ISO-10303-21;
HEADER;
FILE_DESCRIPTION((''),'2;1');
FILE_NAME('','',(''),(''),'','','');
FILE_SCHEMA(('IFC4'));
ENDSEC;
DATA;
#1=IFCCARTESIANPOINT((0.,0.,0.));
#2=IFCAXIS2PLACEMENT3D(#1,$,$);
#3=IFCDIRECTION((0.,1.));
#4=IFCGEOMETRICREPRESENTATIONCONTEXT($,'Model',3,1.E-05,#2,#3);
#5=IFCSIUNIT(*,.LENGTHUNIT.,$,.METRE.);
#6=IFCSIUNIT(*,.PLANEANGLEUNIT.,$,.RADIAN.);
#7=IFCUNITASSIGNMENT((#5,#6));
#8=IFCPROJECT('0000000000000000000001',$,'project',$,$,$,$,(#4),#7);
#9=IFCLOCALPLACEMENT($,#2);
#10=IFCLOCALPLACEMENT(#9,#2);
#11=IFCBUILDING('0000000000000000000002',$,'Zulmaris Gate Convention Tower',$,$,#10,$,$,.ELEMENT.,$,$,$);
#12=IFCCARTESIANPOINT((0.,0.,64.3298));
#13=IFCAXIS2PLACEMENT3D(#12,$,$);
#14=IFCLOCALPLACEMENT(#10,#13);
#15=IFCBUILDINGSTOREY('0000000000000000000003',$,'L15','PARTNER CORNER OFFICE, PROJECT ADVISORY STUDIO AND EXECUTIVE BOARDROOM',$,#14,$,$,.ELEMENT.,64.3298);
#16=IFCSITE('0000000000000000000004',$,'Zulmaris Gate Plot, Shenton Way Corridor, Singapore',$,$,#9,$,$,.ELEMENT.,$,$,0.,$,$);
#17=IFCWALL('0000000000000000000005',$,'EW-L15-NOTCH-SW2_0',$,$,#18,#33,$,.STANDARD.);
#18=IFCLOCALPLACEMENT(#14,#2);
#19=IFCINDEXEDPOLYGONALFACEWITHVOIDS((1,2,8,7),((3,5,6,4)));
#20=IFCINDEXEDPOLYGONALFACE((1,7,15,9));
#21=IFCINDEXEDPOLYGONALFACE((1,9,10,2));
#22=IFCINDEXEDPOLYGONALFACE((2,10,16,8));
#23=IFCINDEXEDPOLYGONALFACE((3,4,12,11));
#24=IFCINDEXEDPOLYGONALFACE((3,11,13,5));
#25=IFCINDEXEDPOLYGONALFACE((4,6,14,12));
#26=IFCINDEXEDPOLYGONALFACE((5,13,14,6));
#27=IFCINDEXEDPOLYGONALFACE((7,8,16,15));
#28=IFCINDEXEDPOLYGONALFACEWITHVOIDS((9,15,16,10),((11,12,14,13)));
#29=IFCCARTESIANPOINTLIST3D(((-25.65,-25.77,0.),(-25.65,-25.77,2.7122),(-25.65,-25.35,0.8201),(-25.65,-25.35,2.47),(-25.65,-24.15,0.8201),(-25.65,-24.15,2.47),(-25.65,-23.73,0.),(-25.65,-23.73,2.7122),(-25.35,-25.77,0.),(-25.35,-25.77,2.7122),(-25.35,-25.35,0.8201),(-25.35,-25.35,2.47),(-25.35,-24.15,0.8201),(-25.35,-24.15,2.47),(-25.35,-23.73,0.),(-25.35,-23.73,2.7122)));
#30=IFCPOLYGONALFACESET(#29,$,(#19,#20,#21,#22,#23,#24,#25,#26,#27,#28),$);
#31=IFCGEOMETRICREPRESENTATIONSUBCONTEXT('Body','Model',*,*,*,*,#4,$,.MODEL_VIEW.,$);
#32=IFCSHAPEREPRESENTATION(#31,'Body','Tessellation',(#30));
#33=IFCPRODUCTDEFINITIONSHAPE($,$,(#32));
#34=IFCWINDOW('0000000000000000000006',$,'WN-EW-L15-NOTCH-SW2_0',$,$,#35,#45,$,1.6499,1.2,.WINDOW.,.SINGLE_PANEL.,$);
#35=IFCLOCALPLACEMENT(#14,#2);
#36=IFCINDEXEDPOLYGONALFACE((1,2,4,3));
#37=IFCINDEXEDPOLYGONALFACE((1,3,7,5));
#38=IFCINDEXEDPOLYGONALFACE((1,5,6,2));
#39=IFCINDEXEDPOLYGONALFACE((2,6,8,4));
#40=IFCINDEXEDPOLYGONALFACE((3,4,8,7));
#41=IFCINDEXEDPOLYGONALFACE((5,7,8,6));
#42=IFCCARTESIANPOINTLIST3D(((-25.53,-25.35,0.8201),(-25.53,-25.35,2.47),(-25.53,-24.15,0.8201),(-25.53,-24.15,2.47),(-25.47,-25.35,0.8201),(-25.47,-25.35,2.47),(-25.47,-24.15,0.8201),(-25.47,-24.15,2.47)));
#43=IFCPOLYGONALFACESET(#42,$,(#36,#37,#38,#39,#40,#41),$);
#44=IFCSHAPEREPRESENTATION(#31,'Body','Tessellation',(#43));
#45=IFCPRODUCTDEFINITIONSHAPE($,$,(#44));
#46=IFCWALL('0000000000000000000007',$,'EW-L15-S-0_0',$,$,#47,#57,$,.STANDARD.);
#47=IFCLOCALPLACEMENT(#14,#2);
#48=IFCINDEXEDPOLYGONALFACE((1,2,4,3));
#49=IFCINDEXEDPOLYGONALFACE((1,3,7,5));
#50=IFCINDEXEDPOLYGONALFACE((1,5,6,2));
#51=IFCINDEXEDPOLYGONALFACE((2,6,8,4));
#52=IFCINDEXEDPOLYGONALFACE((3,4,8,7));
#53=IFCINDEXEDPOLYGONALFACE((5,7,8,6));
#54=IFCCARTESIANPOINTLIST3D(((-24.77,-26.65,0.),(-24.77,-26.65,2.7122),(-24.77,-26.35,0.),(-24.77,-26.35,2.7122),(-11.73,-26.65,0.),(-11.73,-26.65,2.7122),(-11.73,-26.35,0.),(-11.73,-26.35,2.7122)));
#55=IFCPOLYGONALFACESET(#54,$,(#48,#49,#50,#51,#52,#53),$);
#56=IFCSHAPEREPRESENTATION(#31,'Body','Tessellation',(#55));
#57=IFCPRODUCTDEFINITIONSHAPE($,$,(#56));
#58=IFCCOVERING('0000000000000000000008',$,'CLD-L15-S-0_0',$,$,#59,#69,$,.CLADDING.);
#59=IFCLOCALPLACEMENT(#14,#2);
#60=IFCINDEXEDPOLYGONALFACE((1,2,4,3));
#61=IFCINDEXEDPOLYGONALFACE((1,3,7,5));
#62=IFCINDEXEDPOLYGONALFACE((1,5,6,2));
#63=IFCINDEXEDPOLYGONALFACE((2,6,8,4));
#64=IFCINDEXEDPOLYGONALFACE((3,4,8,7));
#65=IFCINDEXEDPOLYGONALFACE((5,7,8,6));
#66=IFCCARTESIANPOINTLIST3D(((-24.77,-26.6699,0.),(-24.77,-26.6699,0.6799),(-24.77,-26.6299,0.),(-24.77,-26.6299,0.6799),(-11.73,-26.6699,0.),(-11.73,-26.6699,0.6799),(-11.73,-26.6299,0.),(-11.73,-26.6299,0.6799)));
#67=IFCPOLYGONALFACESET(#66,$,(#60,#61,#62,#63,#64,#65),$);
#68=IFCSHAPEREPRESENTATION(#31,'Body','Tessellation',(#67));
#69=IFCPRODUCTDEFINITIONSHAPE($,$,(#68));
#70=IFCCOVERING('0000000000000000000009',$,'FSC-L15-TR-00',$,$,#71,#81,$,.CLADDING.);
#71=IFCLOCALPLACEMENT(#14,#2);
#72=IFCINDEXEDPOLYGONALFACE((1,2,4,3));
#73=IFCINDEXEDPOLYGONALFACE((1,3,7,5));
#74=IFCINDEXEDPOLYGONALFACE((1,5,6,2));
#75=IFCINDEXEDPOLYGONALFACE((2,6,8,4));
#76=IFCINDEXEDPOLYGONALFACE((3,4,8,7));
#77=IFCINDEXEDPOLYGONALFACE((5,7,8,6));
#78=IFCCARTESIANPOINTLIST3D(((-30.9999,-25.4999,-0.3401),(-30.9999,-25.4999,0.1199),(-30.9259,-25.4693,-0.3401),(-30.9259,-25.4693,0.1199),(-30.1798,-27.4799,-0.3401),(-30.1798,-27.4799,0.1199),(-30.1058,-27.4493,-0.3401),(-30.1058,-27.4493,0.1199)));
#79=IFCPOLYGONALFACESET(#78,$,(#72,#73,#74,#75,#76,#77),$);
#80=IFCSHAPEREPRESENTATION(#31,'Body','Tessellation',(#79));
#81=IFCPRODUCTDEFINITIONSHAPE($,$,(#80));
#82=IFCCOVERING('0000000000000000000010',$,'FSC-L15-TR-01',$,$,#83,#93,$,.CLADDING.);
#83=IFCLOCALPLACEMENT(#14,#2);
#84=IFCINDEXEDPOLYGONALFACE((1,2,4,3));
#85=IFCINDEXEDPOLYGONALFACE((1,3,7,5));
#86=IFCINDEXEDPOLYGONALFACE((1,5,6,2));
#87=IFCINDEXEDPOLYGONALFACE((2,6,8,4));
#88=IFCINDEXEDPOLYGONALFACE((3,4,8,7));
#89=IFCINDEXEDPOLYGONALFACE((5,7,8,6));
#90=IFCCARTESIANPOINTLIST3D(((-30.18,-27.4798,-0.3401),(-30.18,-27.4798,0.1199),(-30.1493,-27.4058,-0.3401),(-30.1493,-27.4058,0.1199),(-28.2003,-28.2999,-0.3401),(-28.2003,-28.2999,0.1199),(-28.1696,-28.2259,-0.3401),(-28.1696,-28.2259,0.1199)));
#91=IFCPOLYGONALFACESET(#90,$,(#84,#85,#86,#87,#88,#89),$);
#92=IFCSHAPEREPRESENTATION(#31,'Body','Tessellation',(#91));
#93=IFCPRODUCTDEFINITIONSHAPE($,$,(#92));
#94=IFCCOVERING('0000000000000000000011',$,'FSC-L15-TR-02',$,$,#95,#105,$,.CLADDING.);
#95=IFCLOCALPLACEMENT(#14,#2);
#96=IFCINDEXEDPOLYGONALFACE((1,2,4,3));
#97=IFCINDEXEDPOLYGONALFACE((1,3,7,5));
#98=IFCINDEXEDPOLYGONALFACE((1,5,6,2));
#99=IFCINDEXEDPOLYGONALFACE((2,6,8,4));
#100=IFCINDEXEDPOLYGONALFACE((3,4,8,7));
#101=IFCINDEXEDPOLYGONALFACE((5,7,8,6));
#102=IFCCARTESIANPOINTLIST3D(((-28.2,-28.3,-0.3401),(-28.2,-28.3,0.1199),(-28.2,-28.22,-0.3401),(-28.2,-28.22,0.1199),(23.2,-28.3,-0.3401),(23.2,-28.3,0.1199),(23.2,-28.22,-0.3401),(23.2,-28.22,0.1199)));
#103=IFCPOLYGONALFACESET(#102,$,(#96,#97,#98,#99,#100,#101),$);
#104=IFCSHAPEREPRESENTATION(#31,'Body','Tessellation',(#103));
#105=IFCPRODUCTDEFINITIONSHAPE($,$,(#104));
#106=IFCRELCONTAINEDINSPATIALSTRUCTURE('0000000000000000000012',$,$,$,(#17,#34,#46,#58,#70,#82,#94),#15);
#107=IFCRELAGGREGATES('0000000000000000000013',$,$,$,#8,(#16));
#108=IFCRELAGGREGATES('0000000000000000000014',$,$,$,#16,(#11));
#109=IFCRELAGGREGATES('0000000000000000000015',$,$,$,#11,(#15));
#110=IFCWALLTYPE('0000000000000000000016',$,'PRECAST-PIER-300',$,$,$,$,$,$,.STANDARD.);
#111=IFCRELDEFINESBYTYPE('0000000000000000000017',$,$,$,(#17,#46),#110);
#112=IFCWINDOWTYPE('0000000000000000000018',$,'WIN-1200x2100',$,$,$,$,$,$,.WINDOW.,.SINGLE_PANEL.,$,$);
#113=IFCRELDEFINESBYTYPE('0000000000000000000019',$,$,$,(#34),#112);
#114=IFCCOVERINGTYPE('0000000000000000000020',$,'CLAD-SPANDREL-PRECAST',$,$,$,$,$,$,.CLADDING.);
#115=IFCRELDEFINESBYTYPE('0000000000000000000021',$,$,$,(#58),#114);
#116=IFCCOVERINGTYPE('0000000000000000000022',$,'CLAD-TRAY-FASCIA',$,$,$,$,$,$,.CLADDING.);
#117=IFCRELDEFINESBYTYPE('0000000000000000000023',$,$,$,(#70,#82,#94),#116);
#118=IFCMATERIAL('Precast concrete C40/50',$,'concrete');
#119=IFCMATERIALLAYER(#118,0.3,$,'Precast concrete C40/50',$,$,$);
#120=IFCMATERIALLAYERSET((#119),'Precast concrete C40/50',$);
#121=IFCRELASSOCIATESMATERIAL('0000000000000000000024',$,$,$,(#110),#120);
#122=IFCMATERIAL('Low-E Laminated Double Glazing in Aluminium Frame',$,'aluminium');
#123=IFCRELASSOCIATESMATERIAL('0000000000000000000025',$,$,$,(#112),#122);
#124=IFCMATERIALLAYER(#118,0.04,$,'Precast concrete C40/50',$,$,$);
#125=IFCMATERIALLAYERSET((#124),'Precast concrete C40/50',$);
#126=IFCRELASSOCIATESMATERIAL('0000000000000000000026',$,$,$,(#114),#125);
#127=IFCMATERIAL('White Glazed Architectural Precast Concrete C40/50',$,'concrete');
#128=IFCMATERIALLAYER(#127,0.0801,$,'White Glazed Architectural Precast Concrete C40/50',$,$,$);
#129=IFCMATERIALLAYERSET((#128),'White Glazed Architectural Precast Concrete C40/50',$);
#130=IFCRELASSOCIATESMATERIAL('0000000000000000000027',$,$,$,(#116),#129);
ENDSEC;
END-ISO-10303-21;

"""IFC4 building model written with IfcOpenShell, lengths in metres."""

from ifc_helpers import new_model, si_unit, direction, frame, frame_2d, origin, place, context, subcontext, project, spatial, rectangle, extrude, material, layer, layer_set, type_object, element, fill, save


model = new_model("IFC4")

# Units and contexts
model_context = context("Model", 3, precision=1e-05, world=origin(), true_north=direction((0.0, 1.0)))
body_context = subcontext(model_context, "Body", "Model", "MODEL_VIEW")
ifc_project = project(units=[si_unit("LENGTHUNIT", "METRE"), si_unit("PLANEANGLEUNIT", "RADIAN")], contexts=[model_context])

# Site, building, storey
site_placement = place(None, origin())
site = spatial("IfcSite", under=ifc_project, at=site_placement, Name="Zulmaris Gate Plot, Shenton Way Corridor, Singapore", CompositionType="ELEMENT", RefElevation=0.0)
building_placement = place(site_placement, origin())
building = spatial("IfcBuilding", under=site, at=building_placement, Name="Zulmaris Gate Convention Tower", CompositionType="ELEMENT")
storey_placement = place(building_placement, frame((0.0, 0.0, 64.3298)))
storey = spatial("IfcBuildingStorey", under=building, at=storey_placement, Name="L15", Description="PARTNER CORNER OFFICE, PROJECT ADVISORY STUDIO AND EXECUTIVE BOARDROOM", CompositionType="ELEMENT", Elevation=64.3298)

# Wall, opening, window
ifc_material_1 = material(Name="Precast concrete C40/50", Category="concrete")
ifc_layer_1 = layer(ifc_material_1, 0.3, Name="Precast concrete C40/50")
ifc_layer_set_1 = layer_set([ifc_layer_1], Name="Precast concrete C40/50")
wall_type_1 = type_object("IfcWallType", Name="PRECAST-PIER-300", PredefinedType="STANDARD", material=ifc_layer_set_1)
ifc_material_2 = material(Name="Low-E Laminated Double Glazing in Aluminium Frame", Category="aluminium")
window_type = type_object("IfcWindowType", Name="WIN-1200x2100", PartitioningType="SINGLE_PANEL", PredefinedType="WINDOW", material=ifc_material_2)
wall_1_placement = place(storey_placement, frame((-25.5, -23.73, 0.0), z_axis=(0.0, 0.0, 1.0), x_axis=(0.0, -1.0, 0.0)))
wall_1 = element("IfcWall", 1, at=wall_1_placement, inside=storey, type_object=wall_type_1, Name="EW-L15-NOTCH-SW2_0", PredefinedType="STANDARD", context=body_context, shape_type="SweptSolid", body=[
    extrude(rectangle(XDim=2.04, YDim=0.3, at=frame_2d((1.02, 0.0))), origin(), (0.0, 0.0, 1.0), 2.7122),
])
opening_1_placement = place(wall_1_placement, frame((0.4199, 0.0, 0.8201)))
opening_1 = element("IfcOpeningElement", 2, at=opening_1_placement, cuts=wall_1, PredefinedType="OPENING", context=body_context, shape_type="SweptSolid", body=[
    extrude(rectangle(XDim=1.2, YDim=1.6499, at=frame_2d((0.6001, 0.825))), frame((0.0, 0.1602, 0.0), z_axis=(0.0, -1.0, 0.0), x_axis=(1.0, 0.0, 0.0)), (0.0, 0.0, 1.0), 0.3201),
])
window_1_placement = place(opening_1_placement, origin())
window_1 = element("IfcWindow", 3, at=window_1_placement, inside=storey, type_object=window_type, Name="WN-EW-L15-NOTCH-SW2_0", OverallHeight=1.6499, OverallWidth=1.2, PartitioningType="SINGLE_PANEL", PredefinedType="WINDOW", context=body_context, shape_type="SweptSolid", body=[
    extrude(rectangle(XDim=1.2, YDim=1.6499, at=frame_2d((0.6001, 0.825))), frame((0.0, 0.03, 0.0), z_axis=(0.0, -1.0, 0.0), x_axis=(1.0, 0.0, 0.0)), (0.0, 0.0, 1.0), 0.0601),
])
fill(opening_1, window_1)

# Wall
wall_2_placement = place(storey_placement, frame((-24.77, -26.5, 0.0), z_axis=(0.0, 0.0, 1.0), x_axis=(1.0, 0.0, 0.0)))
element("IfcWall", 4, at=wall_2_placement, inside=storey, type_object=wall_type_1, Name="EW-L15-S-0_0", PredefinedType="STANDARD", context=body_context, shape_type="SweptSolid", body=[
    extrude(rectangle(XDim=13.04, YDim=0.3, at=frame_2d((6.52, 0.0))), origin(), (0.0, 0.0, 1.0), 2.7122),
])

# Coverings
ifc_layer_2 = layer(ifc_material_1, 0.04, Name="Precast concrete C40/50")
ifc_layer_set_2 = layer_set([ifc_layer_2], Name="Precast concrete C40/50")
covering_type_1 = type_object("IfcCoveringType", Name="CLAD-SPANDREL-PRECAST", PredefinedType="CLADDING", material=ifc_layer_set_2)
covering_1_placement = place(storey_placement, frame((-24.77, -26.6499, 0.0), z_axis=(0.0, 0.0, 1.0), x_axis=(1.0, 0.0, 0.0)))
element("IfcCovering", 5, at=covering_1_placement, inside=storey, type_object=covering_type_1, Name="CLD-L15-S-0_0", PredefinedType="CLADDING", context=body_context, shape_type="SweptSolid", body=[
    extrude(rectangle(XDim=13.04, YDim=0.04, at=frame_2d((6.52, 0.0))), origin(), (0.0, 0.0, 1.0), 0.6799),
])
ifc_material_3 = material(Name="White Glazed Architectural Precast Concrete C40/50", Category="concrete")
ifc_layer_3 = layer(ifc_material_3, 0.0801, Name="White Glazed Architectural Precast Concrete C40/50")
ifc_layer_set_3 = layer_set([ifc_layer_3], Name="White Glazed Architectural Precast Concrete C40/50")
covering_type_2 = type_object("IfcCoveringType", Name="CLAD-TRAY-FASCIA", PredefinedType="CLADDING", material=ifc_layer_set_3)
covering_2_placement = place(storey_placement, frame((-30.9629, -25.4846, -0.3401), z_axis=(0.0, 0.0, 1.0), x_axis=(0.382657, -0.92389, 0.0)))
element("IfcCovering", 6, at=covering_2_placement, inside=storey, type_object=covering_type_2, Name="FSC-L15-TR-00", PredefinedType="CLADDING", context=body_context, shape_type="SweptSolid", body=[
    extrude(rectangle(XDim=2.1431, YDim=0.0801, at=frame_2d((1.0715, 0.0))), origin(), (0.0, 0.0, 1.0), 0.46),
])
covering_3_placement = place(storey_placement, frame((-30.1646, -27.4429, -0.3401), z_axis=(0.0, 0.0, 1.0), x_axis=(0.923874, -0.382697, 0.0)))
element("IfcCovering", 7, at=covering_3_placement, inside=storey, type_object=covering_type_2, Name="FSC-L15-TR-01", PredefinedType="CLADDING", context=body_context, shape_type="SweptSolid", body=[
    extrude(rectangle(XDim=2.1428, YDim=0.0801, at=frame_2d((1.0713, 0.0))), origin(), (0.0, 0.0, 1.0), 0.46),
])
covering_4_placement = place(storey_placement, frame((-28.2, -28.26, -0.3401), z_axis=(0.0, 0.0, 1.0), x_axis=(1.0, 0.0, 0.0)))
element("IfcCovering", 8, at=covering_4_placement, inside=storey, type_object=covering_type_2, Name="FSC-L15-TR-02", PredefinedType="CLADDING", context=body_context, shape_type="SweptSolid", body=[
    extrude(rectangle(XDim=51.3999, YDim=0.0801, at=frame_2d((25.7, 0.0))), origin(), (0.0, 0.0, 1.0), 0.46),
])

save(model, "model.ifc")
